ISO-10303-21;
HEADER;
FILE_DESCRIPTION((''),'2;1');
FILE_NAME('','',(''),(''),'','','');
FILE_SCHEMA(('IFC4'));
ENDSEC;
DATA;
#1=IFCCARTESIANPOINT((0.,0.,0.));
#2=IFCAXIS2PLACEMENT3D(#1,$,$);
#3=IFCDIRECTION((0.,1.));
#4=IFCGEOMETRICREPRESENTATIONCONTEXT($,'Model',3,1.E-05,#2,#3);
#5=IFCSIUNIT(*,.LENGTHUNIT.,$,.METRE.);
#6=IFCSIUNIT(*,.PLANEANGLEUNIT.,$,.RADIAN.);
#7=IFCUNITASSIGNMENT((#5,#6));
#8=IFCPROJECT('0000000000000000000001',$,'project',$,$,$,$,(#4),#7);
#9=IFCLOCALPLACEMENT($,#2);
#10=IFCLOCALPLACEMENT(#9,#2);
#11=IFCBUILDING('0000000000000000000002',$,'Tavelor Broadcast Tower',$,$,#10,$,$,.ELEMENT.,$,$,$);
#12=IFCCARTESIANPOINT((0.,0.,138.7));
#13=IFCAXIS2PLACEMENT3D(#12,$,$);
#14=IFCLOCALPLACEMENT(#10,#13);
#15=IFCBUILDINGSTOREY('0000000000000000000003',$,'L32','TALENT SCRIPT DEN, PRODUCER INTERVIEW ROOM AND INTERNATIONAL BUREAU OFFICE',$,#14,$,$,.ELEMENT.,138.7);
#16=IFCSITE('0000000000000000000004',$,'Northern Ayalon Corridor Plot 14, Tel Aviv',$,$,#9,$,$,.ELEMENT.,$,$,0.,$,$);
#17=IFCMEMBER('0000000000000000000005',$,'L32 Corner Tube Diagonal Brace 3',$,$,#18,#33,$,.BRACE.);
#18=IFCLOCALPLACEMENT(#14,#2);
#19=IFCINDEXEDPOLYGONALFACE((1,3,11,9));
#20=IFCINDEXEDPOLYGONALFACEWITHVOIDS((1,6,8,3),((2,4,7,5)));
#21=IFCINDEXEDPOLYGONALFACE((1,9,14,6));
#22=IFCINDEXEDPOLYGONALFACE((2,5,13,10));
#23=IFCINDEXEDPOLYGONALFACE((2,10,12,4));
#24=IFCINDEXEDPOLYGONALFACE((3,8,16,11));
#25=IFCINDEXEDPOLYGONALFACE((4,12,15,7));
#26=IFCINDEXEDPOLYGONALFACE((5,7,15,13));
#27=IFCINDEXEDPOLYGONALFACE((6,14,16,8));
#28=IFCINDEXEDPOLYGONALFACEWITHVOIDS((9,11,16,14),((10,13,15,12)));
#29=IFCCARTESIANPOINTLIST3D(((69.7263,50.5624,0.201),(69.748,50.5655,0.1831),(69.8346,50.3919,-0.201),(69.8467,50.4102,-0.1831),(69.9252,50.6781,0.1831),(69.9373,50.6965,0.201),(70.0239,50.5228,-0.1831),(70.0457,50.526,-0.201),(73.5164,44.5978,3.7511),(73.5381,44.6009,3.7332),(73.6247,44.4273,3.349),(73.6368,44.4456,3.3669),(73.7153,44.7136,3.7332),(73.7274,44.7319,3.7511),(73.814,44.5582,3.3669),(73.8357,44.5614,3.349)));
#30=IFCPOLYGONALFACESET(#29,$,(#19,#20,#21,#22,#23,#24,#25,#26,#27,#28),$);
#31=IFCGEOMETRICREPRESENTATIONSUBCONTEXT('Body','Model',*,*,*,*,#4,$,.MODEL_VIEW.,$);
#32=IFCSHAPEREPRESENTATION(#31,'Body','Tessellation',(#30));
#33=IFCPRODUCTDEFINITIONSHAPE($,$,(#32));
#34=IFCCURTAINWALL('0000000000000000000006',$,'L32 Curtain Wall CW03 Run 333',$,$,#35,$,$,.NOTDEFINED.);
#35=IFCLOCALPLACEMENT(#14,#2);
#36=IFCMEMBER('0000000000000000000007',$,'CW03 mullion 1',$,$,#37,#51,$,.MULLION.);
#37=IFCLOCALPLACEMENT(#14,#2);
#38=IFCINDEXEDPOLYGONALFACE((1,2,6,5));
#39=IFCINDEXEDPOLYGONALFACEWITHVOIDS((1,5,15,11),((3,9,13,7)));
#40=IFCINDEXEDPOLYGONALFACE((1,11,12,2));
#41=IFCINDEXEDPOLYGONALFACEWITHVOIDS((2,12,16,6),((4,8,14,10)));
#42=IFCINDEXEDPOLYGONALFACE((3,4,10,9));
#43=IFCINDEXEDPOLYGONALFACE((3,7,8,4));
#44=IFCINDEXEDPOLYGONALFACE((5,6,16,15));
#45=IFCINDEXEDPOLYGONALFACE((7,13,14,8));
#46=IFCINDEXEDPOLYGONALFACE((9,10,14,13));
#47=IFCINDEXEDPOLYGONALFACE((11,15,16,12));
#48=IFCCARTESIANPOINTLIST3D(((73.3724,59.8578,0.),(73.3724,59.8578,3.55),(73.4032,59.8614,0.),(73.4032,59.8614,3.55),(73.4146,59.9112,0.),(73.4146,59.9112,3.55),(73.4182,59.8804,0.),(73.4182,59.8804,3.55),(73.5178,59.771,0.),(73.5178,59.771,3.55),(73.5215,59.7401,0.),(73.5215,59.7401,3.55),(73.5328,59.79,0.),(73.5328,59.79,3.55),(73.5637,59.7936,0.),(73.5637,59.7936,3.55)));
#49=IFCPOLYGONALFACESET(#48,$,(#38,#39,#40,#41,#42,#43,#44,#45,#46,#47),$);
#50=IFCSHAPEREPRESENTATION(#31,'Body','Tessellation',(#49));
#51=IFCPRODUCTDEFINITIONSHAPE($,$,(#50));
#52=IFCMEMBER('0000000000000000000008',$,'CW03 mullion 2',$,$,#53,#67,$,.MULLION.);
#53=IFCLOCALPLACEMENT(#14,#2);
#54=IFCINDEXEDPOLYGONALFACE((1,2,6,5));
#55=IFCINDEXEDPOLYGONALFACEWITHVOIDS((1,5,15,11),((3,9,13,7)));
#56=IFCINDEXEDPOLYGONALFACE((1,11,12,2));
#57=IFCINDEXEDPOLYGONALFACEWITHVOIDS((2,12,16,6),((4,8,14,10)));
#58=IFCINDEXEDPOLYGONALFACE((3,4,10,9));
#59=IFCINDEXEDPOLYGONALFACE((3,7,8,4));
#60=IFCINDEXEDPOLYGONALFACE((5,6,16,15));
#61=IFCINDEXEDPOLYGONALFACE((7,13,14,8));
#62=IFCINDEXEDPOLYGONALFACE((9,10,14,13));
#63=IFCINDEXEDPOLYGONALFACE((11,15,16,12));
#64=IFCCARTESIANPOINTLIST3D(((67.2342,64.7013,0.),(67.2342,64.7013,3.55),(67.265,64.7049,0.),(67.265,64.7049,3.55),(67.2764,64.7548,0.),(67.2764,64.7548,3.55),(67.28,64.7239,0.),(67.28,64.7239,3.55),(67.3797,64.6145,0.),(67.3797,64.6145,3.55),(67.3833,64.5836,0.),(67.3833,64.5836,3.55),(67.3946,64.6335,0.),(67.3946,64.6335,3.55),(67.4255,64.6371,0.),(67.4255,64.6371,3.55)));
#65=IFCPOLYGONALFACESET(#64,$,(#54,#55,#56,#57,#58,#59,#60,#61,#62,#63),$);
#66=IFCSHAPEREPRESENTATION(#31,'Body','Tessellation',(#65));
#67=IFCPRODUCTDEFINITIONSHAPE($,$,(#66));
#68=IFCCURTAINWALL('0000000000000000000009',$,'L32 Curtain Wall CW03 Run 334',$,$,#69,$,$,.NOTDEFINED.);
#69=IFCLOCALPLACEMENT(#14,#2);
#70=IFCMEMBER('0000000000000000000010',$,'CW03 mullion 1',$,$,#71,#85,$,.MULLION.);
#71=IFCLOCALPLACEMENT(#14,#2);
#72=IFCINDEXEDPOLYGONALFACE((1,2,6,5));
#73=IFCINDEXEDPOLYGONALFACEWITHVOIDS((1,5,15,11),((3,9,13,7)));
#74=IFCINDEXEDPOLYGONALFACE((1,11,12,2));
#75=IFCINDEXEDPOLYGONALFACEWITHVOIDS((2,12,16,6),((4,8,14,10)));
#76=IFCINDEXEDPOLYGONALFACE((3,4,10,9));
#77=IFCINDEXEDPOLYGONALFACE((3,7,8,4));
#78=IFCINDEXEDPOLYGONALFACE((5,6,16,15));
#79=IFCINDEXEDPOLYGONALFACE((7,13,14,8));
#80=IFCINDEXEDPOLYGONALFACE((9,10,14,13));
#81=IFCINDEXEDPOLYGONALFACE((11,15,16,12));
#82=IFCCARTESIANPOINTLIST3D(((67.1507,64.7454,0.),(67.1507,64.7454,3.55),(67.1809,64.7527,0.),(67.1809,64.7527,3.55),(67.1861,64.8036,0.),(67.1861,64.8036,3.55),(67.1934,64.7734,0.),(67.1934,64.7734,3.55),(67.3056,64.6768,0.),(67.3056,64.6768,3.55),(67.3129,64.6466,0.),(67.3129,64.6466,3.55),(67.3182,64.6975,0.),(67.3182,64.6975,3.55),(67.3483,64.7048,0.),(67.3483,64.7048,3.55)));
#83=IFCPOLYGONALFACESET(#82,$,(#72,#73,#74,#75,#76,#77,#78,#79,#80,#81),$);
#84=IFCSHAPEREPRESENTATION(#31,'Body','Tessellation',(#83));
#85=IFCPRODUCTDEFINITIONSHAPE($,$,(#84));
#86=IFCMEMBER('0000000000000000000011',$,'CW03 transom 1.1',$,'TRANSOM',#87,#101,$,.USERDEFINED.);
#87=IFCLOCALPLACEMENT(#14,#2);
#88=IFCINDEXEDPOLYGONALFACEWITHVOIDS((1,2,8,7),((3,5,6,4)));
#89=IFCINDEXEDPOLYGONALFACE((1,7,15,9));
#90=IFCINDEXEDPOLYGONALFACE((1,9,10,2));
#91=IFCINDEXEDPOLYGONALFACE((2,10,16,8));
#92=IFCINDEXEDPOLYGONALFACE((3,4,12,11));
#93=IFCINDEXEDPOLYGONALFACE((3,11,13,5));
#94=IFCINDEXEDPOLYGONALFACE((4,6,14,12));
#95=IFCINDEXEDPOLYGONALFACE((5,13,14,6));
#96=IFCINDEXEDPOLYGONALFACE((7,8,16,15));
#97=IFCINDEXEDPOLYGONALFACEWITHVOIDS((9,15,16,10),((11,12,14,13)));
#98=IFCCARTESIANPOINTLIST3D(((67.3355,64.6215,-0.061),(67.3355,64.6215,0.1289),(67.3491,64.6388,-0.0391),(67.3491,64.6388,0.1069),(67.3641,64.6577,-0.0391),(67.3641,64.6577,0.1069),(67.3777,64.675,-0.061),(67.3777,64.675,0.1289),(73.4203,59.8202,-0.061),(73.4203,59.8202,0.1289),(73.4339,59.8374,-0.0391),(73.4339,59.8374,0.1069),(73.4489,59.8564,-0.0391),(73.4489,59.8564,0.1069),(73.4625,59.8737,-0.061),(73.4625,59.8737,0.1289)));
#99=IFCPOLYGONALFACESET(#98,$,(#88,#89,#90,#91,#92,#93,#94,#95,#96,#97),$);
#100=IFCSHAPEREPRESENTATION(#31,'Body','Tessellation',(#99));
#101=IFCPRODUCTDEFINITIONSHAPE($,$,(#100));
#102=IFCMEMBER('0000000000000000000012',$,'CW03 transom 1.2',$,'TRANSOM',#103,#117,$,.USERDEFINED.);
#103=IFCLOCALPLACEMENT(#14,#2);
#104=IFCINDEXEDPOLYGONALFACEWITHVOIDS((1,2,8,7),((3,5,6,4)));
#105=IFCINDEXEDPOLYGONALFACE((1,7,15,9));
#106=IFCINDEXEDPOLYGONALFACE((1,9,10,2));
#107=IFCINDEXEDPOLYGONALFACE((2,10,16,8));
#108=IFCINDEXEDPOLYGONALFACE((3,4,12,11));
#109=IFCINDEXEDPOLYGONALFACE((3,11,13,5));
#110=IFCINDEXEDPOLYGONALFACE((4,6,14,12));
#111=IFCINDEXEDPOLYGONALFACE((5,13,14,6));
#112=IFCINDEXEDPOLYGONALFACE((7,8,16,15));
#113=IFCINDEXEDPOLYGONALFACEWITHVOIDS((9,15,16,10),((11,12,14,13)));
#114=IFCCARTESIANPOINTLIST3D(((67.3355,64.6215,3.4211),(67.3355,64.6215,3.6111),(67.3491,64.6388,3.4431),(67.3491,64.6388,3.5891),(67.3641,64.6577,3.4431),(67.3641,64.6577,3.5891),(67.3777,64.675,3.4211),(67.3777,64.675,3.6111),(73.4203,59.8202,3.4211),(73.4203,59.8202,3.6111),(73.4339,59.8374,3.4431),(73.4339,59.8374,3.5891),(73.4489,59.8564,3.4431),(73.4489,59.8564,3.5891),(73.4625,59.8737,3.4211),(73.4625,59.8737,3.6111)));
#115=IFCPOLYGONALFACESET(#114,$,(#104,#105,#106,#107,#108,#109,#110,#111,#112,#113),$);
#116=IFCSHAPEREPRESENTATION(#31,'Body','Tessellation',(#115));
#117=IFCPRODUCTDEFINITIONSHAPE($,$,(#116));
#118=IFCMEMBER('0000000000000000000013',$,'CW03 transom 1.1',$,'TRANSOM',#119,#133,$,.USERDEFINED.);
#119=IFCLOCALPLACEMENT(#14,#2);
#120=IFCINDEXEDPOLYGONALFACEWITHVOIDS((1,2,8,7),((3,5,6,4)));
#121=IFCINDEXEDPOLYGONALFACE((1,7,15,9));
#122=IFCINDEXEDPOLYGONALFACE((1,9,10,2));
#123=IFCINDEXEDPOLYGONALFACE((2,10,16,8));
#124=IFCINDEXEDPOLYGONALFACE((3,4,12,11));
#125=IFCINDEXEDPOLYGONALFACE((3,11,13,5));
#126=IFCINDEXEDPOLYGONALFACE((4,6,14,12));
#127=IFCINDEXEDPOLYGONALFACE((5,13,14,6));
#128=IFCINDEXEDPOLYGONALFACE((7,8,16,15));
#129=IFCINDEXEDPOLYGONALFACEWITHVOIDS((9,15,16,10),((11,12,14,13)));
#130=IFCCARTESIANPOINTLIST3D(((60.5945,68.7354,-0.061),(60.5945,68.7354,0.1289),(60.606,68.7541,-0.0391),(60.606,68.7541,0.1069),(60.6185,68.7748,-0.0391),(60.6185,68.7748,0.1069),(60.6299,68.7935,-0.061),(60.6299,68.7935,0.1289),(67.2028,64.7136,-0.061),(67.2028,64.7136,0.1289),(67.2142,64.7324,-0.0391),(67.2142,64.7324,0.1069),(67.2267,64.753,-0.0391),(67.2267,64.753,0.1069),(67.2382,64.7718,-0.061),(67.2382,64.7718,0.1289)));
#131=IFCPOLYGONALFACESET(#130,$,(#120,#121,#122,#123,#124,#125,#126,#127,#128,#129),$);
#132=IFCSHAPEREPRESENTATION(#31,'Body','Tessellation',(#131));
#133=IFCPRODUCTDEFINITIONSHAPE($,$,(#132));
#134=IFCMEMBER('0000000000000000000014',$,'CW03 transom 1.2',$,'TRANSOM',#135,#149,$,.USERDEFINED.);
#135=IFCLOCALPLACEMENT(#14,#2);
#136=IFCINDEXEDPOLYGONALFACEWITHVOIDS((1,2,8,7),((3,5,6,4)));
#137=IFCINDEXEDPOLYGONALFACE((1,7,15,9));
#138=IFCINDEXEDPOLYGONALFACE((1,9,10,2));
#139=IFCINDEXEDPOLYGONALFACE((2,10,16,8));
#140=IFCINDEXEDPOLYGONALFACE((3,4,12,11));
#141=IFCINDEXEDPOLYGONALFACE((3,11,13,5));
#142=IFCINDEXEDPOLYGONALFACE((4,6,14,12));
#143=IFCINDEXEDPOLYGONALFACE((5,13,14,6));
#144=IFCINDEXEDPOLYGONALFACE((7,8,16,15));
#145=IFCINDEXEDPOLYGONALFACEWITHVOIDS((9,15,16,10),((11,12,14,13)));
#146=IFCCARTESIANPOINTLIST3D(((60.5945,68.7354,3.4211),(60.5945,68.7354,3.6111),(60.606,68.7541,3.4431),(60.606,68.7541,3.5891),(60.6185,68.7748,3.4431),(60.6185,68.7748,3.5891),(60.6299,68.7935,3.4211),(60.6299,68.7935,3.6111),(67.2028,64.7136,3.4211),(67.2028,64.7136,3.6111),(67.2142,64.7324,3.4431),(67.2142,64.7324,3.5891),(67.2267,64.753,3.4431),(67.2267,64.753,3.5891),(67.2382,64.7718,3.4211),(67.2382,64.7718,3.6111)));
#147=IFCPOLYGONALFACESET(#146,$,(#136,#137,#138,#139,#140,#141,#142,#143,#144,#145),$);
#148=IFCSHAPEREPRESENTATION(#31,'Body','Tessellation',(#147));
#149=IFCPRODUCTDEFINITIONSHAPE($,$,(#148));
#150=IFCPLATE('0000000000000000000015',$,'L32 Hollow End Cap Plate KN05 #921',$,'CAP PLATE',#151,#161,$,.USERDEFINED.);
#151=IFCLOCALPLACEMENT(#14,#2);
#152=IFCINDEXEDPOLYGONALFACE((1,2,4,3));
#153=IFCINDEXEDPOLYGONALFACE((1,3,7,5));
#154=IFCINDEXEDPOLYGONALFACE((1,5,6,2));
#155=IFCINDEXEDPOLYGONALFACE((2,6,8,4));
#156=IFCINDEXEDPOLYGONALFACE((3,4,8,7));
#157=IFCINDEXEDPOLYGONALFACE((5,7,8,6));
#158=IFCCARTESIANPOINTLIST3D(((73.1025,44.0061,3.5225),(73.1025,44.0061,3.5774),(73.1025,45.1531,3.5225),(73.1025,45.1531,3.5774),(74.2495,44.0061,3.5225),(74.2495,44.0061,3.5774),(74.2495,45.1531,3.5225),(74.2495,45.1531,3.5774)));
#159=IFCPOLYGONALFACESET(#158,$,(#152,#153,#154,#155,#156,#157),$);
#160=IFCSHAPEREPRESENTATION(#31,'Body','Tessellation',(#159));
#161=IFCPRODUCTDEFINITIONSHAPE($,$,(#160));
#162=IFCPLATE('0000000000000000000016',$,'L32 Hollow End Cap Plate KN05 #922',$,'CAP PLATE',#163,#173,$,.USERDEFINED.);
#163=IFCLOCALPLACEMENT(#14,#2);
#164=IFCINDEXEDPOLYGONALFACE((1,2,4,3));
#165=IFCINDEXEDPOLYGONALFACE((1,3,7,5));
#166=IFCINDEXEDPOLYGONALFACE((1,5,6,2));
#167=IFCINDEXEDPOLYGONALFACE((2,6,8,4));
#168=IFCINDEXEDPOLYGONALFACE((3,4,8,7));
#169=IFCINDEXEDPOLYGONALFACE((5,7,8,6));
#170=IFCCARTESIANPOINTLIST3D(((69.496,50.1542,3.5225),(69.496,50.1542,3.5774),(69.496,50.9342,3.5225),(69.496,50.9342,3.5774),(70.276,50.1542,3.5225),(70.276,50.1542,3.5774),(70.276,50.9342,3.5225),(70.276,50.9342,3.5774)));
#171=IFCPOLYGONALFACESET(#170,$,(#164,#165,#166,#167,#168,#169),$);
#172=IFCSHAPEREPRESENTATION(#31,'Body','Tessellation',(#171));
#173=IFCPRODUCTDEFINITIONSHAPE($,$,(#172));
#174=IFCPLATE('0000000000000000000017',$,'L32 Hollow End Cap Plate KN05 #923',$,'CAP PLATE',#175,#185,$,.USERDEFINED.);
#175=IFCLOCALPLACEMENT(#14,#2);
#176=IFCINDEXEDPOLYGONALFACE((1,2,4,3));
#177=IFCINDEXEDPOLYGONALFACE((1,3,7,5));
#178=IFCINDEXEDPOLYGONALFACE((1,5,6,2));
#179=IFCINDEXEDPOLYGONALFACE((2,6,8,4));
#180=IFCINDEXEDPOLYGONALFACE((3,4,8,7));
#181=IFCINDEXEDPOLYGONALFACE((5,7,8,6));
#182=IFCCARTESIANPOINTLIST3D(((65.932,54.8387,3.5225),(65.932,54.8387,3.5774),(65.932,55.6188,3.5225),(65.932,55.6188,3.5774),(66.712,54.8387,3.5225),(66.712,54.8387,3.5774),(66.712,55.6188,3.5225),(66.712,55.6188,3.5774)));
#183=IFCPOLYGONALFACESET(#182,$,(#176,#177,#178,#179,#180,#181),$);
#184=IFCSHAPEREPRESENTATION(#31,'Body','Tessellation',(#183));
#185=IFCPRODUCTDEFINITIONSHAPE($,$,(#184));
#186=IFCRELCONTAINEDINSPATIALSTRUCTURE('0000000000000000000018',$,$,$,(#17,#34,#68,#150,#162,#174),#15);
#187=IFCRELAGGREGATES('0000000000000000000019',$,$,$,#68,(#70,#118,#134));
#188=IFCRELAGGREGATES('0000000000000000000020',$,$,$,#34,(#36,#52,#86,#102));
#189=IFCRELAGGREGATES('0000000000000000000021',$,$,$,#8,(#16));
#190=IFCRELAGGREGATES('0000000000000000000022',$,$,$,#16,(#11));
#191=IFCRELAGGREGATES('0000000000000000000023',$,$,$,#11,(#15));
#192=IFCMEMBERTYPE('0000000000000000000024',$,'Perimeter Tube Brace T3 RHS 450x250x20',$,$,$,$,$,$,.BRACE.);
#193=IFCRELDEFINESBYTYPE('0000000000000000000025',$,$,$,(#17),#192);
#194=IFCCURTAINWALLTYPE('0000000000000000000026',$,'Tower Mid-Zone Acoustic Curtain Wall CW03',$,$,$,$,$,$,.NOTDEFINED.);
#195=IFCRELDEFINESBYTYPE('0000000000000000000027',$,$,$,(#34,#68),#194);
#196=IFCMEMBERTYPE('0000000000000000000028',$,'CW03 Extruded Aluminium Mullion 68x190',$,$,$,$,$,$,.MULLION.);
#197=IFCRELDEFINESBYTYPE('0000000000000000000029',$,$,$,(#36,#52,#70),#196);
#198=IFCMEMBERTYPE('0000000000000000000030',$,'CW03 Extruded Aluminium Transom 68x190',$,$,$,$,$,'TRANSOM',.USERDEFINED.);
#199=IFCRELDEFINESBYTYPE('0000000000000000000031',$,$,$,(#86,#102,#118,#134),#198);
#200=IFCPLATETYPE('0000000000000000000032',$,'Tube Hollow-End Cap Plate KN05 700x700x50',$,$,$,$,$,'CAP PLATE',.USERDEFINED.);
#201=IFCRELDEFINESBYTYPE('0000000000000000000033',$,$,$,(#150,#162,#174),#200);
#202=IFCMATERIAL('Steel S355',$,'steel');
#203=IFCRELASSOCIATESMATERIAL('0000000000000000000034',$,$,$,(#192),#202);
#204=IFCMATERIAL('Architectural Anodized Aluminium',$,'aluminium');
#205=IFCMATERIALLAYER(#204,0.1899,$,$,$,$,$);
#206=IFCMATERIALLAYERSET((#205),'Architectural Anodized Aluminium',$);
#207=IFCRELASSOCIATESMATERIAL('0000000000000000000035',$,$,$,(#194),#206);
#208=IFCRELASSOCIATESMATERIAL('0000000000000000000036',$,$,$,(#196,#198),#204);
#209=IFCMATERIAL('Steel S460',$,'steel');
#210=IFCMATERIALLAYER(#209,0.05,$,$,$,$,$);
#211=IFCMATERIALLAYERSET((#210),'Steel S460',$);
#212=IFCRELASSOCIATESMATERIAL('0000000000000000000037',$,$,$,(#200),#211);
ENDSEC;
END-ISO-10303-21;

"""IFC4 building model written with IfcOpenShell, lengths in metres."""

from ifc_helpers import new_model, si_unit, direction, frame, origin, origin_2d, place, context, subcontext, project, spatial, rectangle, hollow_rectangle, extrude, source, transform, mapped, material, layer, layer_set, material_profile, profile_set, type_object, type_shapes, element, aggregate, save


model = new_model("IFC4")

# Units and contexts
model_context = context("Model", 3, precision=1e-05, world=origin(), true_north=direction((0.0, 1.0)))
body_context = subcontext(model_context, "Body", "Model", "MODEL_VIEW")
ifc_project = project(units=[si_unit("LENGTHUNIT", "METRE"), si_unit("PLANEANGLEUNIT", "RADIAN")], contexts=[model_context])

# Site, building, storey
site_placement = place(None, origin())
site = spatial("IfcSite", under=ifc_project, at=site_placement, Name="Northern Ayalon Corridor Plot 14, Tel Aviv", CompositionType="ELEMENT", RefElevation=0.0)
building_placement = place(site_placement, origin())
building = spatial("IfcBuilding", under=site, at=building_placement, Name="Tavelor Broadcast Tower", CompositionType="ELEMENT")
storey_placement = place(building_placement, frame((0.0, 0.0, 138.7)))
storey = spatial("IfcBuildingStorey", under=building, at=storey_placement, Name="L32", Description="TALENT SCRIPT DEN, PRODUCER INTERVIEW ROOM AND INTERNATIONAL BUREAU OFFICE", CompositionType="ELEMENT", Elevation=138.7)

# Shared definitions
ifc_material_1 = material(Name="Steel S460", Category="steel")

# Shared definitions
ifc_material_2 = material(Name="Steel S355", Category="steel")

# Member
ifc_material_profile_1 = material_profile(ifc_material_2, hollow_rectangle(XDim=0.25, YDim=0.45, WallThickness=0.02, at=origin_2d()), Name="RHS 450x250x20")
ifc_profile_set_1 = profile_set([ifc_material_profile_1], Name="Steel S355")
member_type_1 = type_object("IfcMemberType", Name="Perimeter Tube Brace T3 RHS 450x250x20", PredefinedType="BRACE", material=ifc_profile_set_1)
member_1_placement = place(storey_placement, frame((69.886, 50.5442, 0.0), z_axis=(0.479239, -0.754205, 0.448893), x_axis=(0.844021, 0.53631, 0.0)))
element("IfcMember", 1, at=member_1_placement, inside=storey, type_object=member_type_1, Name="L32 Corner Tube Diagonal Brace 3", PredefinedType="BRACE", context=body_context, shape_type="SweptSolid", body=[
    extrude(hollow_rectangle(XDim=0.25, YDim=0.45, WallThickness=0.02, at=origin_2d()), origin(), (0.0, 0.0, 1.0), 7.9084),
])

# Curtain wall, members
ifc_material_3 = material(Name="Architectural Anodized Aluminium", Category="aluminium")
ifc_layer_1 = layer(ifc_material_3, 0.1899)
ifc_layer_set_1 = layer_set([ifc_layer_1], Name="Architectural Anodized Aluminium")
curtain_wall_type = type_object("IfcCurtainWallType", Name="Tower Mid-Zone Acoustic Curtain Wall CW03", PredefinedType="NOTDEFINED", material=ifc_layer_set_1)
curtain_wall_1_placement = place(storey_placement, origin())
curtain_wall_1 = element("IfcCurtainWall", 2, at=curtain_wall_1_placement, inside=storey, type_object=curtain_wall_type, Name="L32 Curtain Wall CW03 Run 333", PredefinedType="NOTDEFINED")
ifc_material_profile_2 = material_profile(ifc_material_3, hollow_rectangle(XDim=0.0681, YDim=0.1899, WallThickness=0.022, at=origin_2d()), Name="RHS 68x190x22")
ifc_profile_set_2 = profile_set([ifc_material_profile_2], Name="Architectural Anodized Aluminium")
member_type_2 = type_object("IfcMemberType", Name="CW03 Extruded Aluminium Mullion 68x190", PredefinedType="MULLION", material=ifc_profile_set_2)
shared_shape_1 = source(origin(), body_context, "Body", "SweptSolid", [
    extrude(hollow_rectangle(XDim=0.0681, YDim=0.1899, WallThickness=0.022, at=origin_2d()), origin(), (0.0, 0.0, 1.0), 3.55),
])
type_shapes(member_type_2, [shared_shape_1])
member_2_placement = place(storey_placement, frame((73.468, 59.8257, 0.0), z_axis=(0.0, 0.0, 1.0), x_axis=(-0.619441, -0.785043, 0.0)))
member_2 = element("IfcMember", 3, at=member_2_placement, type_object=member_type_2, Name="CW03 mullion 1", PredefinedType="MULLION", context=body_context, shape_type="MappedRepresentation", body=[
    mapped(shared_shape_1, transform((0.0, 0.0, 0.0), scale=1.0)),
])
member_3_placement = place(storey_placement, frame((67.3298, 64.6692, 0.0), z_axis=(0.0, 0.0, 1.0), x_axis=(-0.619441, -0.785043, 0.0)))
member_3 = element("IfcMember", 4, at=member_3_placement, type_object=member_type_2, Name="CW03 mullion 2", PredefinedType="MULLION", context=body_context, shape_type="MappedRepresentation", body=[
    mapped(shared_shape_1, transform((0.0, 0.0, 0.0), scale=1.0)),
])

# Curtain wall, member
curtain_wall_2_placement = place(storey_placement, origin())
curtain_wall_2 = element("IfcCurtainWall", 5, at=curtain_wall_2_placement, inside=storey, type_object=curtain_wall_type, Name="L32 Curtain Wall CW03 Run 334", PredefinedType="NOTDEFINED")
member_4_placement = place(storey_placement, frame((67.2495, 64.7251, 0.0), z_axis=(0.0, 0.0, 1.0), x_axis=(-0.51989, -0.854233, 0.0)))
member_4 = element("IfcMember", 6, at=member_4_placement, type_object=member_type_2, Name="CW03 mullion 1", PredefinedType="MULLION", context=body_context, shape_type="MappedRepresentation", body=[
    mapped(shared_shape_1, transform((0.0, 0.0, 0.0), scale=1.0)),
])

# Members
ifc_material_profile_3 = material_profile(ifc_material_3, hollow_rectangle(XDim=0.0681, YDim=0.1899, WallThickness=0.022, at=origin_2d()), Name="RHS 68x190x22")
ifc_profile_set_3 = profile_set([ifc_material_profile_3], Name="Architectural Anodized Aluminium")
member_type_3 = type_object("IfcMemberType", Name="CW03 Extruded Aluminium Transom 68x190", ElementType="TRANSOM", PredefinedType="USERDEFINED", material=ifc_profile_set_3)
shared_shape_2 = source(origin(), body_context, "Body", "SweptSolid", [
    extrude(hollow_rectangle(XDim=0.0681, YDim=0.1899, WallThickness=0.022, at=origin_2d()), origin(), (0.0, 0.0, 1.0), 7.751),
])
member_5_placement = place(storey_placement, frame((73.4414, 59.8469, 0.0339), z_axis=(-0.785037, 0.619449, 0.0), x_axis=(-0.619449, -0.785037, 0.0)))
member_5 = element("IfcMember", 7, at=member_5_placement, type_object=member_type_3, Name="CW03 transom 1.1", ObjectType="TRANSOM", PredefinedType="USERDEFINED", context=body_context, shape_type="MappedRepresentation", body=[
    mapped(shared_shape_2, transform((0.0, 0.0, 0.0), scale=1.0)),
])
member_6_placement = place(storey_placement, frame((73.4414, 59.8469, 3.5161), z_axis=(-0.785037, 0.619449, 0.0), x_axis=(-0.619449, -0.785037, 0.0)))
member_6 = element("IfcMember", 8, at=member_6_placement, type_object=member_type_3, Name="CW03 transom 1.2", ObjectType="TRANSOM", PredefinedType="USERDEFINED", context=body_context, shape_type="MappedRepresentation", body=[
    mapped(shared_shape_2, transform((0.0, 0.0, 0.0), scale=1.0)),
])
shared_shape_3 = source(origin(), body_context, "Body", "SweptSolid", [
    extrude(hollow_rectangle(XDim=0.0681, YDim=0.1899, WallThickness=0.022, at=origin_2d()), origin(), (0.0, 0.0, 1.0), 7.7358),
])
type_shapes(member_type_3, [shared_shape_2, shared_shape_3])
member_7_placement = place(storey_placement, frame((67.2205, 64.7427, 0.0339), z_axis=(-0.854235, 0.519888, 0.0), x_axis=(-0.519888, -0.854235, 0.0)))
member_7 = element("IfcMember", 9, at=member_7_placement, type_object=member_type_3, Name="CW03 transom 1.1", ObjectType="TRANSOM", PredefinedType="USERDEFINED", context=body_context, shape_type="MappedRepresentation", body=[
    mapped(shared_shape_3, transform((0.0, 0.0, 0.0), scale=1.0)),
])
member_8_placement = place(storey_placement, frame((67.2205, 64.7427, 3.5161), z_axis=(-0.854235, 0.519888, 0.0), x_axis=(-0.519888, -0.854235, 0.0)))
member_8 = element("IfcMember", 10, at=member_8_placement, type_object=member_type_3, Name="CW03 transom 1.2", ObjectType="TRANSOM", PredefinedType="USERDEFINED", context=body_context, shape_type="MappedRepresentation", body=[
    mapped(shared_shape_3, transform((0.0, 0.0, 0.0), scale=1.0)),
])
aggregate(curtain_wall_2, [member_4, member_7, member_8])

# Plates
ifc_layer_2 = layer(ifc_material_1, 0.05)
ifc_layer_set_2 = layer_set([ifc_layer_2], Name="Steel S460")
plate_type_1 = type_object("IfcPlateType", Name="Tube Hollow-End Cap Plate KN05 700x700x50", ElementType="CAP PLATE", PredefinedType="USERDEFINED", material=ifc_layer_set_2)
shared_shape_4 = source(origin(), body_context, "Body", "SweptSolid", [
    extrude(rectangle(XDim=1.147, YDim=1.147, at=origin_2d()), origin(), (0.0, 0.0, 1.0), 0.0549),
])
plate_1_placement = place(storey_placement, frame((73.676, 44.5796, 3.5225), z_axis=(0.0, 0.0, 1.0), x_axis=(1.0, 0.0, 0.0)))
element("IfcPlate", 11, at=plate_1_placement, inside=storey, type_object=plate_type_1, Name="L32 Hollow End Cap Plate KN05 #921", ObjectType="CAP PLATE", PredefinedType="USERDEFINED", context=body_context, shape_type="MappedRepresentation", body=[
    mapped(shared_shape_4, transform((0.0, 0.0, 0.0), scale=1.0)),
])
shared_shape_5 = source(origin(), body_context, "Body", "SweptSolid", [
    extrude(rectangle(XDim=0.78, YDim=0.78, at=origin_2d()), origin(), (0.0, 0.0, 1.0), 0.0549),
])
type_shapes(plate_type_1, [shared_shape_4, shared_shape_5])
for number, where, z_axis, x_axis, name in (
    (12, (69.886, 50.5442, 3.5225), (0.0, 0.0, 1.0), (1.0, 0.0, 0.0), "L32 Hollow End Cap Plate KN05 #922"),
    (13, (66.322, 55.2288, 3.5225), (0.0, 0.0, 1.0), (1.0, 0.0, 0.0), "L32 Hollow End Cap Plate KN05 #923"),
):
    element("IfcPlate", number, at=place(storey_placement, frame(where, z_axis=z_axis, x_axis=x_axis)), inside=storey, type_object=plate_type_1, Name=name, ObjectType="CAP PLATE", PredefinedType="USERDEFINED", context=body_context, shape_type="MappedRepresentation", body=[
        mapped(shared_shape_5, transform((0.0, 0.0, 0.0), scale=1.0)),
    ])

aggregate(curtain_wall_1, [member_2, member_3, member_5, member_6])

save(model, "model.ifc")
